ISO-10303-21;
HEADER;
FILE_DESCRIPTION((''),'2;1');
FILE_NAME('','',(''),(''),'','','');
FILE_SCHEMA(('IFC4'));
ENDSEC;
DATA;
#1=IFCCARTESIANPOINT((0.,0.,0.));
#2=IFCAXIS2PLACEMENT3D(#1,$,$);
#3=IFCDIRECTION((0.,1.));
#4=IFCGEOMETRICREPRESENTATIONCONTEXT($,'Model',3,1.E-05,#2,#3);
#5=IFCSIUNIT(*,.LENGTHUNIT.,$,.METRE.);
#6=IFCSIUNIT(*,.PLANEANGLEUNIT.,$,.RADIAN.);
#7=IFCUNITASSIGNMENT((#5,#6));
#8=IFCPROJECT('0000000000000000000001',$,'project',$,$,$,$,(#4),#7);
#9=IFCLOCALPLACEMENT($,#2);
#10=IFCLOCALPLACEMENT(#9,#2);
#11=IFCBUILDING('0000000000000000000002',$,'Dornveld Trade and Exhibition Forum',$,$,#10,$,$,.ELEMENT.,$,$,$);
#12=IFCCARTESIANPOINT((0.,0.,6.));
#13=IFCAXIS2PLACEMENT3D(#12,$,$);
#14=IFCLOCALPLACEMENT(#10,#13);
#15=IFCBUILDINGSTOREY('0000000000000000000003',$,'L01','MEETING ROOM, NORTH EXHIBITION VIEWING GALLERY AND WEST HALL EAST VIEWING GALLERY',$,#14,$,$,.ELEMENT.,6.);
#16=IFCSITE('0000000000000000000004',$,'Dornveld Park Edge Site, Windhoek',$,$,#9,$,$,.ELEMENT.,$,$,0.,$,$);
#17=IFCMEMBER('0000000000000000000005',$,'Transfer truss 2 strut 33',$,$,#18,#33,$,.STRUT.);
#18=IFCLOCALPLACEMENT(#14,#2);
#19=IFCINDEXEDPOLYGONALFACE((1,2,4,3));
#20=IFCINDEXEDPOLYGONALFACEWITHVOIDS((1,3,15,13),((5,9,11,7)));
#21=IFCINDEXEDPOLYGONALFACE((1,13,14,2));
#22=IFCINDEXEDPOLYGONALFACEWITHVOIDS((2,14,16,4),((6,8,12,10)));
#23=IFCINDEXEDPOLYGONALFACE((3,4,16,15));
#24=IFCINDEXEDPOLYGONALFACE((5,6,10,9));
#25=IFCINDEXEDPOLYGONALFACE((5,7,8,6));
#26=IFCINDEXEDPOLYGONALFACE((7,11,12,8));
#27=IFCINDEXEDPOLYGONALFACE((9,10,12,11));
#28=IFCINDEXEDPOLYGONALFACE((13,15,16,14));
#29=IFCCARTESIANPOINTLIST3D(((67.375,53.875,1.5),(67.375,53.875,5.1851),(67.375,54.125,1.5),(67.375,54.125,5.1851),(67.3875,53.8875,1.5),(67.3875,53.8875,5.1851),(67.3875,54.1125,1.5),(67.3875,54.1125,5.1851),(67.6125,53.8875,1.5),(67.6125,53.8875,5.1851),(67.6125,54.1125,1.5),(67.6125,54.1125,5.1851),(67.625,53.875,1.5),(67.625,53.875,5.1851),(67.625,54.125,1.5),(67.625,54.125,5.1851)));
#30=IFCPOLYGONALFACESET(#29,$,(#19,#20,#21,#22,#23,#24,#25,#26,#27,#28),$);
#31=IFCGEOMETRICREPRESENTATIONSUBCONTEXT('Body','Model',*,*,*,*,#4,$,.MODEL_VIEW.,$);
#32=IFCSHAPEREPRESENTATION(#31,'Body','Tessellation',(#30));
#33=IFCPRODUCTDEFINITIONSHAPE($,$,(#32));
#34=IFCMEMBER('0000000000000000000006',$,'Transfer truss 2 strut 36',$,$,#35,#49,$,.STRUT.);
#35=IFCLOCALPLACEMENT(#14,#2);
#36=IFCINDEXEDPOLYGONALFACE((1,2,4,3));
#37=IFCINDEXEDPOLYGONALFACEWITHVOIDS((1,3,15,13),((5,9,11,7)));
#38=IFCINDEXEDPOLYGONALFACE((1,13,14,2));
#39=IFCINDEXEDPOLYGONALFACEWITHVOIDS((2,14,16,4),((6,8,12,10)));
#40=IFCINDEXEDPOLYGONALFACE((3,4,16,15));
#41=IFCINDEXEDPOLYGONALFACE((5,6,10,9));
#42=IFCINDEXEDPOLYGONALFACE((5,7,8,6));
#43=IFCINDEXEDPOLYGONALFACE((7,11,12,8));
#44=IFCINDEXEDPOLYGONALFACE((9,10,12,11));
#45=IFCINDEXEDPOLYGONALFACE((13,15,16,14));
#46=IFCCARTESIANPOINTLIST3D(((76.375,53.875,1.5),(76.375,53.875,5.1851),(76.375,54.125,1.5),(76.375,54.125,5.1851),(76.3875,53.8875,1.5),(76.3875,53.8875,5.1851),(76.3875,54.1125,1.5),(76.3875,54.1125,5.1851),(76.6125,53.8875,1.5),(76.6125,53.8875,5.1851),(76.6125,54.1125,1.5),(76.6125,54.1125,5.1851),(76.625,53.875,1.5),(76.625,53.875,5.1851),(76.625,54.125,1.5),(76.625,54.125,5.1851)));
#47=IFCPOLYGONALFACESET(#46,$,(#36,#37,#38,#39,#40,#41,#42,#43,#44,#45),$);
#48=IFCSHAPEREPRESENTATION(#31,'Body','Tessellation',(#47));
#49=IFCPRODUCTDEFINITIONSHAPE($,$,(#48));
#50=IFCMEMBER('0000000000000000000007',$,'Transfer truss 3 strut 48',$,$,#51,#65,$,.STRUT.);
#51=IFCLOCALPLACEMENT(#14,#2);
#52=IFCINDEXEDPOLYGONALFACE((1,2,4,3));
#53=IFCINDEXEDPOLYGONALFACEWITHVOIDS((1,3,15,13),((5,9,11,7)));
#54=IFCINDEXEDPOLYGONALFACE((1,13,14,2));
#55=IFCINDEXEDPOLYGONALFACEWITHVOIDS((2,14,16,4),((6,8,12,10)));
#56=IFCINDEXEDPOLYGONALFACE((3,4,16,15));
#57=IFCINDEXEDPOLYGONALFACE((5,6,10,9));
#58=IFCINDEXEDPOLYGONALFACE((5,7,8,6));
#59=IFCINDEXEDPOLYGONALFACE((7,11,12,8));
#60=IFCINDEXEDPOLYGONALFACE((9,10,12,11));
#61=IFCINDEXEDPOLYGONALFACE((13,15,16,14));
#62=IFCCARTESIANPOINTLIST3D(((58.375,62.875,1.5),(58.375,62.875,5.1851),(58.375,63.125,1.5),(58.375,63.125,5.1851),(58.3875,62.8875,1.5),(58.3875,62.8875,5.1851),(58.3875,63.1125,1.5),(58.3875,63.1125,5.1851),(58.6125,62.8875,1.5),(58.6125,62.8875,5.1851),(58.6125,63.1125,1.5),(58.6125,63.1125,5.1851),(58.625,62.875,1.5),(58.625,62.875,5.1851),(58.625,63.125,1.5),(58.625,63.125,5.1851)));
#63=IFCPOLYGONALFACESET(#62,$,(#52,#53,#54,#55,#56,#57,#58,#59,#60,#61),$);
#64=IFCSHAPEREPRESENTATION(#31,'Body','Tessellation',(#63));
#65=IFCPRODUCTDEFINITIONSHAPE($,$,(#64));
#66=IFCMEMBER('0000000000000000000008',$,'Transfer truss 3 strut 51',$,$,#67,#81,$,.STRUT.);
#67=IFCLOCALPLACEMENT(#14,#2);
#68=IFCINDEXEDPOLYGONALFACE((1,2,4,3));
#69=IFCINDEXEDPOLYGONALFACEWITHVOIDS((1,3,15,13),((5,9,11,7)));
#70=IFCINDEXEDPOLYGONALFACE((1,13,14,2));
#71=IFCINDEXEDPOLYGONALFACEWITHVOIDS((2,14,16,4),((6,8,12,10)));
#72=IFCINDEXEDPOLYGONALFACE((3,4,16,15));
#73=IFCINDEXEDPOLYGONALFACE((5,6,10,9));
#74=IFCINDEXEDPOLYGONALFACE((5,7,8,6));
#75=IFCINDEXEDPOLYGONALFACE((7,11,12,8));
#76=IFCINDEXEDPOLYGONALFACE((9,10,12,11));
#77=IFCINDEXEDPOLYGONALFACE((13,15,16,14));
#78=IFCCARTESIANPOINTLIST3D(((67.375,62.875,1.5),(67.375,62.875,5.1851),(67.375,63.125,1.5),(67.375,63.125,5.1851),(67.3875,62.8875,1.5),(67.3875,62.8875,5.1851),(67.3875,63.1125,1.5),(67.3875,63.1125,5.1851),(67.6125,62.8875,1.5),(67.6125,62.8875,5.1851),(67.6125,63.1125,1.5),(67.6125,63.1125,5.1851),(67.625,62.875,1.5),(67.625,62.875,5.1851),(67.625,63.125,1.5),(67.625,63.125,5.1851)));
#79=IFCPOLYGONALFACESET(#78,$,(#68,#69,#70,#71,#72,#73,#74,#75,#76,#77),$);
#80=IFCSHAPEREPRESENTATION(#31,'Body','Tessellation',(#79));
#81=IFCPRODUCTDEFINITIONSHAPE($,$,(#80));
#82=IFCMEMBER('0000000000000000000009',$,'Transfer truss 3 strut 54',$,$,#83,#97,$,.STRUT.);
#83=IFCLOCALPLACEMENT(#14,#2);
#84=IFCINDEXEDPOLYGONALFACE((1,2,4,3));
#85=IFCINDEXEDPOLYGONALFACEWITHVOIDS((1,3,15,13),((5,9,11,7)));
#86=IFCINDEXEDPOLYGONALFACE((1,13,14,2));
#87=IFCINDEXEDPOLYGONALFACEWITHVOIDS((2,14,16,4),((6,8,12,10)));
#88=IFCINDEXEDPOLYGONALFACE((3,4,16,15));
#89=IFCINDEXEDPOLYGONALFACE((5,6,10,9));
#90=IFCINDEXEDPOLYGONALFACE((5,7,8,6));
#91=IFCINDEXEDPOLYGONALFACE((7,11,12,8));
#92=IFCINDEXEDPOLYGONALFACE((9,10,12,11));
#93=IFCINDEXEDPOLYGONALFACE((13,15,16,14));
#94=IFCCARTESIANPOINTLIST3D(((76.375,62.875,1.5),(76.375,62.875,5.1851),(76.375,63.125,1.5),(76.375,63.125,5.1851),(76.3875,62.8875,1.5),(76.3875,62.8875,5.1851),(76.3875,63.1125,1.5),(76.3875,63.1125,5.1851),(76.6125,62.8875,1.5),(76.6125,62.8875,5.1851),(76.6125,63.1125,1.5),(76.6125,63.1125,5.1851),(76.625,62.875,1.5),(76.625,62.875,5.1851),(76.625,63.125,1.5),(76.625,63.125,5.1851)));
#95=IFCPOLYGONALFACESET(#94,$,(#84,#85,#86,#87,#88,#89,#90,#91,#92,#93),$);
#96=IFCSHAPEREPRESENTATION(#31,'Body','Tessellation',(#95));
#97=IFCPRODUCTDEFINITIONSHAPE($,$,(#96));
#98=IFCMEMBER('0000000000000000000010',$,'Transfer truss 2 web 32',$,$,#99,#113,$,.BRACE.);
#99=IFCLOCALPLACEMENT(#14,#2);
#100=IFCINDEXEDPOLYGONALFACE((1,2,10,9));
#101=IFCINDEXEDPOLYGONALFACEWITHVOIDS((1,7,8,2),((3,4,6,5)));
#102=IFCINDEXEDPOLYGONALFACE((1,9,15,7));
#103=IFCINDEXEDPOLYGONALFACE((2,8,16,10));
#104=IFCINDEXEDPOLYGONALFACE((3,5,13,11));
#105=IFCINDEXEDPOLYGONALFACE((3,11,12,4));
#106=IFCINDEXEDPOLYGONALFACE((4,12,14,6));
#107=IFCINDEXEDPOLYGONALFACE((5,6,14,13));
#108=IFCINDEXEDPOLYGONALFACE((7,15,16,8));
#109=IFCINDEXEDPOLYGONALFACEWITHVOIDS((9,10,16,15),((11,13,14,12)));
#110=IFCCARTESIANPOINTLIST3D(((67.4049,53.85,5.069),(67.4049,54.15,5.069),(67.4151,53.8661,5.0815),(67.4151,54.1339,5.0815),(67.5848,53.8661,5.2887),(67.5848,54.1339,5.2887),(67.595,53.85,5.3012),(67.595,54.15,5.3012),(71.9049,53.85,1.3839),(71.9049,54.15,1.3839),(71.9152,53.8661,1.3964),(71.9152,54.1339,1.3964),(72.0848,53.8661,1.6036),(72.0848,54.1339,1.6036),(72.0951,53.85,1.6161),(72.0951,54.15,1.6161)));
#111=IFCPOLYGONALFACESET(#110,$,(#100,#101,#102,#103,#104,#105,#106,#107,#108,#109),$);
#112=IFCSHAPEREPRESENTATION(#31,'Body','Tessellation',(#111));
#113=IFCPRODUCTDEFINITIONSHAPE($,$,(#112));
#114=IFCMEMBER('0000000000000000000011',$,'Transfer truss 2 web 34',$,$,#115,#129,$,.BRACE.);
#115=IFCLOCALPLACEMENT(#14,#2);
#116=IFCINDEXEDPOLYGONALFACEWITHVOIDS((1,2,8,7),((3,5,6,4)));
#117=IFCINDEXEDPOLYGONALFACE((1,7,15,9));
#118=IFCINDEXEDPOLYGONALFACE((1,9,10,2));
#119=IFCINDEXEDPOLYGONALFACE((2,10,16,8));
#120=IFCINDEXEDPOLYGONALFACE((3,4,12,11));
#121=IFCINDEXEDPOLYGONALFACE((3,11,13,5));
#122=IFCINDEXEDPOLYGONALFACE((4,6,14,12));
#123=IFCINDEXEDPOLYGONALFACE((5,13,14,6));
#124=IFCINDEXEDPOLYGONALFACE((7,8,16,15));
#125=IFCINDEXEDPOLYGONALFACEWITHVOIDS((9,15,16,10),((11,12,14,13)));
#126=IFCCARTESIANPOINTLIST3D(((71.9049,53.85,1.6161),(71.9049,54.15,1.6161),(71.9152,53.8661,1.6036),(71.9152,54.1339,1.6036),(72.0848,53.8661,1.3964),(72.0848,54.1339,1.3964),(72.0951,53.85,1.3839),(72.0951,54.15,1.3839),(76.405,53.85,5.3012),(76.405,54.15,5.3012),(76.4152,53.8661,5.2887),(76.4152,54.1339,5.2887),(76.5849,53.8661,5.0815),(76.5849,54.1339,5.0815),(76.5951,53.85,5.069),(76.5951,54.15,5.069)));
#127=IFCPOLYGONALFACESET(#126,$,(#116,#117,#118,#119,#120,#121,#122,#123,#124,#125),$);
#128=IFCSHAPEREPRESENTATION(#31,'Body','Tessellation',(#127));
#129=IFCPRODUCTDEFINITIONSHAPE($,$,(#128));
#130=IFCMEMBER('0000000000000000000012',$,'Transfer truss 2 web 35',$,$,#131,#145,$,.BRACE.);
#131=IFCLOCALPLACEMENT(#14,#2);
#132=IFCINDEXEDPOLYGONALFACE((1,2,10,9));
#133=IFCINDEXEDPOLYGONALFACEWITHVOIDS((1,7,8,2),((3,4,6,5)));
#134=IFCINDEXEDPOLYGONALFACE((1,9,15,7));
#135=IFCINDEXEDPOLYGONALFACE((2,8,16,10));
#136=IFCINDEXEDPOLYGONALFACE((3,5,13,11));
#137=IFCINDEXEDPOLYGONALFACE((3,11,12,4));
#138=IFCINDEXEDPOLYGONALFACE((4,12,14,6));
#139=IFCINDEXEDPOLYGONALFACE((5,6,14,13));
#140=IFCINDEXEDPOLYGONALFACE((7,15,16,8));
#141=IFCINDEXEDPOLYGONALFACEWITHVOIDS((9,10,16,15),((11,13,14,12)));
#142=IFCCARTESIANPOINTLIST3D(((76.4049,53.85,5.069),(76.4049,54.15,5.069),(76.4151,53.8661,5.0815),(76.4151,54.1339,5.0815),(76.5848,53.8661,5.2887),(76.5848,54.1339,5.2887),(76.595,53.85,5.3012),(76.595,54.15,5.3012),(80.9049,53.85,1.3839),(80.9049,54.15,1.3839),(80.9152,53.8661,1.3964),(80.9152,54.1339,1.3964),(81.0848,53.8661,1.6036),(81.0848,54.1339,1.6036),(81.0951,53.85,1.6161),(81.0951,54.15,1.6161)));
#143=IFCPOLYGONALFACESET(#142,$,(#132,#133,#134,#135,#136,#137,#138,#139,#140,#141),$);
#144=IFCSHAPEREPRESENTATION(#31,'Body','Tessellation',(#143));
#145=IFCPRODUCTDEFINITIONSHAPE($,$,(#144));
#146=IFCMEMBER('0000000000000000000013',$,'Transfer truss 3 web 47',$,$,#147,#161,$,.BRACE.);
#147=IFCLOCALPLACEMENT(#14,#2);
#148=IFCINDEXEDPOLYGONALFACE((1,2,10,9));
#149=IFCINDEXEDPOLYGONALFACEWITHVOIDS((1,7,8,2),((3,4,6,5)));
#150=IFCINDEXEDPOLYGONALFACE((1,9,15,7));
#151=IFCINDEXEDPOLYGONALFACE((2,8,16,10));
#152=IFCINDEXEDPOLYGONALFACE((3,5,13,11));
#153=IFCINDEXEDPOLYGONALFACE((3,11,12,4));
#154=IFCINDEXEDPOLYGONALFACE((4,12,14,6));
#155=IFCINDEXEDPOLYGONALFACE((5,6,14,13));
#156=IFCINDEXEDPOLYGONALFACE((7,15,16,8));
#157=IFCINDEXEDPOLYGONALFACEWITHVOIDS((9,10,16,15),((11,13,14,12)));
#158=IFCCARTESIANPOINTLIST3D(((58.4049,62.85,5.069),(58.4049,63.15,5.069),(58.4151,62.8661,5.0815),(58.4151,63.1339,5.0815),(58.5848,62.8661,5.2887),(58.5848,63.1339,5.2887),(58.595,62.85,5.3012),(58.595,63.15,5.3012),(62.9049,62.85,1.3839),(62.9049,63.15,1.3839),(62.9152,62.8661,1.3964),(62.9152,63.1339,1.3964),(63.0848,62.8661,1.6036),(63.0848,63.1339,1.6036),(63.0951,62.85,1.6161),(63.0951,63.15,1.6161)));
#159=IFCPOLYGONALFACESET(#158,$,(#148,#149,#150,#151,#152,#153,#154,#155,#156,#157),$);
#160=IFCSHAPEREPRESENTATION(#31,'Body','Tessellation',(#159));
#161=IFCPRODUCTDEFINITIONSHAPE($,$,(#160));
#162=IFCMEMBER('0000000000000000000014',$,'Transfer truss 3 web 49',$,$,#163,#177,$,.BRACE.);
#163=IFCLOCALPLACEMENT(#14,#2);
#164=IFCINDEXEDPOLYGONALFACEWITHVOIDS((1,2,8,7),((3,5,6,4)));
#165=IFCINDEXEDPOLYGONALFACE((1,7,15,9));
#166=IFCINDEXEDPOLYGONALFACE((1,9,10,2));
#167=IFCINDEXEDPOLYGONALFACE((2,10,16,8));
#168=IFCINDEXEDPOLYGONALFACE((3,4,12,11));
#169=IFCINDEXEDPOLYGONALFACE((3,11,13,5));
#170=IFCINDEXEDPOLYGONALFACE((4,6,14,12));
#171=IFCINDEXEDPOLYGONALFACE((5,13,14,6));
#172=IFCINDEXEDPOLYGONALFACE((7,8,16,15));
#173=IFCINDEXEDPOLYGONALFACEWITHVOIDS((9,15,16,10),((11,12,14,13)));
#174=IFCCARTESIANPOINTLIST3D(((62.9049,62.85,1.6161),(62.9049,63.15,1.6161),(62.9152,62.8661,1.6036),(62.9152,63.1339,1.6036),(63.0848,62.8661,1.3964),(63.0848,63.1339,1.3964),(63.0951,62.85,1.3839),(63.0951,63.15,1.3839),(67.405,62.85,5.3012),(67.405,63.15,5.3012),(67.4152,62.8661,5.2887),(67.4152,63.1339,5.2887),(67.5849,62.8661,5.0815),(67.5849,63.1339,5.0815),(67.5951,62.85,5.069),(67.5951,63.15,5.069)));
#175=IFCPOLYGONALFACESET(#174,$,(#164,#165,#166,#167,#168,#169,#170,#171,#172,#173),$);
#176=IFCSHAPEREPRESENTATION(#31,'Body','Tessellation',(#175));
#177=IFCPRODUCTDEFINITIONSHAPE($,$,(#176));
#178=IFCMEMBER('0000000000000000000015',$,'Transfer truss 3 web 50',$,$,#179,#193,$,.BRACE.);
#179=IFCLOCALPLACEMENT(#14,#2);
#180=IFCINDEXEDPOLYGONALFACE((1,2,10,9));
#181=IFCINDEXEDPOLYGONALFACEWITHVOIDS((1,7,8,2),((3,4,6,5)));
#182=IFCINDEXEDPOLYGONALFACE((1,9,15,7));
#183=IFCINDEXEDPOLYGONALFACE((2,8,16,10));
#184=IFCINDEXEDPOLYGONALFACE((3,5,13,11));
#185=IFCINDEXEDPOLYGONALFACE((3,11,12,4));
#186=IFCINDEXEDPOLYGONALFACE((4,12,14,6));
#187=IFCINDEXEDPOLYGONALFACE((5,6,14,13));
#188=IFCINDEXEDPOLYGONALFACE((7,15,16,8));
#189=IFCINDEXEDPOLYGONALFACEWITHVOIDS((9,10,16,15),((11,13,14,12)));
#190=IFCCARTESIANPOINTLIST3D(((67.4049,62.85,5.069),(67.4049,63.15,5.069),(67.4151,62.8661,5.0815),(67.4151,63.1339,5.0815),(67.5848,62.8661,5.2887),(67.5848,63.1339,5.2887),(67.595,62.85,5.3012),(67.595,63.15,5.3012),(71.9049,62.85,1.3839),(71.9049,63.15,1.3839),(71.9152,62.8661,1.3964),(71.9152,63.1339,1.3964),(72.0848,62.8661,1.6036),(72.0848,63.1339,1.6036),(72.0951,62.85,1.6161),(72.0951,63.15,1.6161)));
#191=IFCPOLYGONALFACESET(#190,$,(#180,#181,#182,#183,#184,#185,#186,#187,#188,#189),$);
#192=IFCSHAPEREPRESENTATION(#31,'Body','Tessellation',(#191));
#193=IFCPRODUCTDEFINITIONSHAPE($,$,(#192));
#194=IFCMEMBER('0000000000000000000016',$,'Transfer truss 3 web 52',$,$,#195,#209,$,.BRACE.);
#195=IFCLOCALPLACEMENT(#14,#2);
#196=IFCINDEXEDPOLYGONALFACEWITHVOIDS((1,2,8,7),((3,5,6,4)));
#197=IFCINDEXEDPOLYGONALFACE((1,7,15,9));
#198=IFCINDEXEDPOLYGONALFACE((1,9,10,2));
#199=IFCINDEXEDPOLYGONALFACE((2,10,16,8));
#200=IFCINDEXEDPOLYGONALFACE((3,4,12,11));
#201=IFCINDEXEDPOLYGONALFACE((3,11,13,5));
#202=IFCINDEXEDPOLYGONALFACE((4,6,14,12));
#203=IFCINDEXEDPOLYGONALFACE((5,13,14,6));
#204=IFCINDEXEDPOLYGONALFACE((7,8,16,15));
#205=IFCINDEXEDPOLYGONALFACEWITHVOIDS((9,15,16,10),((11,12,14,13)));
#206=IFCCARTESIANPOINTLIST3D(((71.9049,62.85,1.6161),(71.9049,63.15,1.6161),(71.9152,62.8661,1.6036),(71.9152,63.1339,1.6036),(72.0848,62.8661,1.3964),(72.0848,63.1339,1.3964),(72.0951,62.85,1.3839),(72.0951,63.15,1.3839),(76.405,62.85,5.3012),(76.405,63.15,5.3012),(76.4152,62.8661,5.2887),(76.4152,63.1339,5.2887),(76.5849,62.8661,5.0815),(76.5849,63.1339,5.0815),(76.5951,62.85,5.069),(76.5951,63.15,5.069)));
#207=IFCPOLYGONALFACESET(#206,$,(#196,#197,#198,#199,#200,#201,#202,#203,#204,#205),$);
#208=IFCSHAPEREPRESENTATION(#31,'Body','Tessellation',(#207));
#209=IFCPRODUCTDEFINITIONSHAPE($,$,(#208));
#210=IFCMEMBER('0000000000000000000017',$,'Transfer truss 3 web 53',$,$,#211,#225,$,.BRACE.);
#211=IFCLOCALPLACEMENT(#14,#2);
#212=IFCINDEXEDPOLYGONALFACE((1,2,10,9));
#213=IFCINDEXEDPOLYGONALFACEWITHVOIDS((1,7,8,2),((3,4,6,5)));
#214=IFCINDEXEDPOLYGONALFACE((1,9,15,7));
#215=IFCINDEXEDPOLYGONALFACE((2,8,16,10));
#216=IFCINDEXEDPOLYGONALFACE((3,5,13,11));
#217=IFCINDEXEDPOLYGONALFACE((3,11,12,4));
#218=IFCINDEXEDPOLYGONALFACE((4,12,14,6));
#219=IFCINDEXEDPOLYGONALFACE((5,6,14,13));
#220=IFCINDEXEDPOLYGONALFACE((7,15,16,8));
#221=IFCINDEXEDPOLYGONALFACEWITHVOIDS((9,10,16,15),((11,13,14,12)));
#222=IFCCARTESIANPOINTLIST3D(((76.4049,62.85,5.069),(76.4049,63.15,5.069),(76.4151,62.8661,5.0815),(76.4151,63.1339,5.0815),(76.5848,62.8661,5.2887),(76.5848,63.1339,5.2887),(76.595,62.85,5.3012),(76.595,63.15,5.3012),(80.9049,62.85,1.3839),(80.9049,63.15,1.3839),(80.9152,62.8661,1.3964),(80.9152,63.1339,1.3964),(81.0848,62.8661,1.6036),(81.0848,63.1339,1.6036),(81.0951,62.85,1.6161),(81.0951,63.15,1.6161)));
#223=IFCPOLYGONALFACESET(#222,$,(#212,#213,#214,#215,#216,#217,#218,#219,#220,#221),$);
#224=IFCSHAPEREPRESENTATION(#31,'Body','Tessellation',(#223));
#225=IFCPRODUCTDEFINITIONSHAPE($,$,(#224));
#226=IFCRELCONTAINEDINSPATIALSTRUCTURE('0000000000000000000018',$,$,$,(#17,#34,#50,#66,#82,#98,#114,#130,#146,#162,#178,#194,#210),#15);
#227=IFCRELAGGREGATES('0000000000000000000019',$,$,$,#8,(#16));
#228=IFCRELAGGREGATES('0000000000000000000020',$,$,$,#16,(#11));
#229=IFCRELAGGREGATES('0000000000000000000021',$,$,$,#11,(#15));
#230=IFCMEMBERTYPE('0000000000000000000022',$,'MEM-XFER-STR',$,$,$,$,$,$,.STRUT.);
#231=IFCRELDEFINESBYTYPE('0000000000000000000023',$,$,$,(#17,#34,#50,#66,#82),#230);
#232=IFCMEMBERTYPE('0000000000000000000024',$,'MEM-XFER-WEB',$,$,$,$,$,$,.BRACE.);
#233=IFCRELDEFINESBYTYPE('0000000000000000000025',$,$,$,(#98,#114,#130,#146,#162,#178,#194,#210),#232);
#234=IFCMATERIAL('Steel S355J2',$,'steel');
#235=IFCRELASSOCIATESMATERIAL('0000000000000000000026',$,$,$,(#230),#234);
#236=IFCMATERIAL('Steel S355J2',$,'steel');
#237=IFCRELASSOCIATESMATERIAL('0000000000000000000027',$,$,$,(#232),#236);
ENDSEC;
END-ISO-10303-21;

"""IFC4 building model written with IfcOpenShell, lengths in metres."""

from ifc_helpers import new_model, si_unit, direction, frame, origin, origin_2d, place, context, subcontext, project, spatial, hollow_rectangle, extrude, material, material_profile, profile_set, type_object, element, save


model = new_model("IFC4")

# Units and contexts
model_context = context("Model", 3, precision=1e-05, world=origin(), true_north=direction((0.0, 1.0)))
body_context = subcontext(model_context, "Body", "Model", "MODEL_VIEW")
ifc_project = project(units=[si_unit("LENGTHUNIT", "METRE"), si_unit("PLANEANGLEUNIT", "RADIAN")], contexts=[model_context])

# Site, building, storey
site_placement = place(None, origin())
site = spatial("IfcSite", under=ifc_project, at=site_placement, Name="Dornveld Park Edge Site, Windhoek", CompositionType="ELEMENT", RefElevation=0.0)
building_placement = place(site_placement, origin())
building = spatial("IfcBuilding", under=site, at=building_placement, Name="Dornveld Trade and Exhibition Forum", CompositionType="ELEMENT")
storey_placement = place(building_placement, frame((0.0, 0.0, 6.0)))
storey = spatial("IfcBuildingStorey", under=building, at=storey_placement, Name="L01", Description="MEETING ROOM, NORTH EXHIBITION VIEWING GALLERY AND WEST HALL EAST VIEWING GALLERY", CompositionType="ELEMENT", Elevation=6.0)

# Members
ifc_material_1 = material(Name="Steel S355J2", Category="steel")
ifc_material_profile_1 = material_profile(ifc_material_1, hollow_rectangle(XDim=0.25, YDim=0.25, WallThickness=0.0125, at=origin_2d()), Name="SHS 250x250x12.5")
ifc_profile_set_1 = profile_set([ifc_material_profile_1], Name="Steel S355J2")
member_type_1 = type_object("IfcMemberType", Name="MEM-XFER-STR", PredefinedType="STRUT", material=ifc_profile_set_1)
for number, where, z_axis, x_axis, name in (
    (1, (67.5, 54.0, 1.5), (0.0, 0.0, 1.0), (1.0, 0.0, 0.0), "Transfer truss 2 strut 33"),
    (2, (76.5, 54.0, 1.5), (0.0, 0.0, 1.0), (1.0, 0.0, 0.0), "Transfer truss 2 strut 36"),
    (3, (58.5, 63.0, 1.5), (0.0, 0.0, 1.0), (1.0, 0.0, 0.0), "Transfer truss 3 strut 48"),
    (4, (67.5, 63.0, 1.5), (0.0, 0.0, 1.0), (1.0, 0.0, 0.0), "Transfer truss 3 strut 51"),
    (5, (76.5, 63.0, 1.5), (0.0, 0.0, 1.0), (1.0, 0.0, 0.0), "Transfer truss 3 strut 54"),
):
    element("IfcMember", number, at=place(storey_placement, frame(where, z_axis=z_axis, x_axis=x_axis)), inside=storey, type_object=member_type_1, Name=name, PredefinedType="STRUT", context=body_context, shape_type="SweptSolid", body=[
        extrude(hollow_rectangle(XDim=0.25, YDim=0.25, WallThickness=0.0125, at=origin_2d()), origin(), (0.0, 0.0, 1.0), 3.6851),
    ])
ifc_material_2 = material(Name="Steel S355J2", Category="steel")
ifc_material_profile_2 = material_profile(ifc_material_2, hollow_rectangle(XDim=0.3, YDim=0.3, WallThickness=0.0161, at=origin_2d()), Name="SHS 300x300x16")
ifc_profile_set_2 = profile_set([ifc_material_profile_2], Name="Steel S355J2")
member_type_2 = type_object("IfcMemberType", Name="MEM-XFER-WEB", PredefinedType="BRACE", material=ifc_profile_set_2)
for number, where, z_axis, x_axis, name in (
    (6, (72.0, 54.0, 1.5), (-0.773684, 0.0, 0.633571), (0.0, -1.0, 0.0), "Transfer truss 2 web 32"),
    (7, (72.0, 54.0, 1.5), (0.773684, 0.0, 0.633571), (0.0, 1.0, 0.0), "Transfer truss 2 web 34"),
    (8, (81.0, 54.0, 1.5), (-0.773684, 0.0, 0.633571), (0.0, -1.0, 0.0), "Transfer truss 2 web 35"),
    (9, (63.0, 63.0, 1.5), (-0.773684, 0.0, 0.633571), (0.0, -1.0, 0.0), "Transfer truss 3 web 47"),
    (10, (63.0, 63.0, 1.5), (0.773684, 0.0, 0.633571), (0.0, 1.0, 0.0), "Transfer truss 3 web 49"),
    (11, (72.0, 63.0, 1.5), (-0.773684, 0.0, 0.633571), (0.0, -1.0, 0.0), "Transfer truss 3 web 50"),
    (12, (72.0, 63.0, 1.5), (0.773684, 0.0, 0.633571), (0.0, 1.0, 0.0), "Transfer truss 3 web 52"),
    (13, (81.0, 63.0, 1.5), (-0.773684, 0.0, 0.633571), (0.0, -1.0, 0.0), "Transfer truss 3 web 53"),
):
    element("IfcMember", number, at=place(storey_placement, frame(where, z_axis=z_axis, x_axis=x_axis)), inside=storey, type_object=member_type_2, Name=name, PredefinedType="BRACE", context=body_context, shape_type="SweptSolid", body=[
        extrude(hollow_rectangle(XDim=0.3, YDim=0.3, WallThickness=0.0161, at=origin_2d()), origin(), (0.0, 0.0, 1.0), 5.8164),
    ])

save(model, "model.ifc")
